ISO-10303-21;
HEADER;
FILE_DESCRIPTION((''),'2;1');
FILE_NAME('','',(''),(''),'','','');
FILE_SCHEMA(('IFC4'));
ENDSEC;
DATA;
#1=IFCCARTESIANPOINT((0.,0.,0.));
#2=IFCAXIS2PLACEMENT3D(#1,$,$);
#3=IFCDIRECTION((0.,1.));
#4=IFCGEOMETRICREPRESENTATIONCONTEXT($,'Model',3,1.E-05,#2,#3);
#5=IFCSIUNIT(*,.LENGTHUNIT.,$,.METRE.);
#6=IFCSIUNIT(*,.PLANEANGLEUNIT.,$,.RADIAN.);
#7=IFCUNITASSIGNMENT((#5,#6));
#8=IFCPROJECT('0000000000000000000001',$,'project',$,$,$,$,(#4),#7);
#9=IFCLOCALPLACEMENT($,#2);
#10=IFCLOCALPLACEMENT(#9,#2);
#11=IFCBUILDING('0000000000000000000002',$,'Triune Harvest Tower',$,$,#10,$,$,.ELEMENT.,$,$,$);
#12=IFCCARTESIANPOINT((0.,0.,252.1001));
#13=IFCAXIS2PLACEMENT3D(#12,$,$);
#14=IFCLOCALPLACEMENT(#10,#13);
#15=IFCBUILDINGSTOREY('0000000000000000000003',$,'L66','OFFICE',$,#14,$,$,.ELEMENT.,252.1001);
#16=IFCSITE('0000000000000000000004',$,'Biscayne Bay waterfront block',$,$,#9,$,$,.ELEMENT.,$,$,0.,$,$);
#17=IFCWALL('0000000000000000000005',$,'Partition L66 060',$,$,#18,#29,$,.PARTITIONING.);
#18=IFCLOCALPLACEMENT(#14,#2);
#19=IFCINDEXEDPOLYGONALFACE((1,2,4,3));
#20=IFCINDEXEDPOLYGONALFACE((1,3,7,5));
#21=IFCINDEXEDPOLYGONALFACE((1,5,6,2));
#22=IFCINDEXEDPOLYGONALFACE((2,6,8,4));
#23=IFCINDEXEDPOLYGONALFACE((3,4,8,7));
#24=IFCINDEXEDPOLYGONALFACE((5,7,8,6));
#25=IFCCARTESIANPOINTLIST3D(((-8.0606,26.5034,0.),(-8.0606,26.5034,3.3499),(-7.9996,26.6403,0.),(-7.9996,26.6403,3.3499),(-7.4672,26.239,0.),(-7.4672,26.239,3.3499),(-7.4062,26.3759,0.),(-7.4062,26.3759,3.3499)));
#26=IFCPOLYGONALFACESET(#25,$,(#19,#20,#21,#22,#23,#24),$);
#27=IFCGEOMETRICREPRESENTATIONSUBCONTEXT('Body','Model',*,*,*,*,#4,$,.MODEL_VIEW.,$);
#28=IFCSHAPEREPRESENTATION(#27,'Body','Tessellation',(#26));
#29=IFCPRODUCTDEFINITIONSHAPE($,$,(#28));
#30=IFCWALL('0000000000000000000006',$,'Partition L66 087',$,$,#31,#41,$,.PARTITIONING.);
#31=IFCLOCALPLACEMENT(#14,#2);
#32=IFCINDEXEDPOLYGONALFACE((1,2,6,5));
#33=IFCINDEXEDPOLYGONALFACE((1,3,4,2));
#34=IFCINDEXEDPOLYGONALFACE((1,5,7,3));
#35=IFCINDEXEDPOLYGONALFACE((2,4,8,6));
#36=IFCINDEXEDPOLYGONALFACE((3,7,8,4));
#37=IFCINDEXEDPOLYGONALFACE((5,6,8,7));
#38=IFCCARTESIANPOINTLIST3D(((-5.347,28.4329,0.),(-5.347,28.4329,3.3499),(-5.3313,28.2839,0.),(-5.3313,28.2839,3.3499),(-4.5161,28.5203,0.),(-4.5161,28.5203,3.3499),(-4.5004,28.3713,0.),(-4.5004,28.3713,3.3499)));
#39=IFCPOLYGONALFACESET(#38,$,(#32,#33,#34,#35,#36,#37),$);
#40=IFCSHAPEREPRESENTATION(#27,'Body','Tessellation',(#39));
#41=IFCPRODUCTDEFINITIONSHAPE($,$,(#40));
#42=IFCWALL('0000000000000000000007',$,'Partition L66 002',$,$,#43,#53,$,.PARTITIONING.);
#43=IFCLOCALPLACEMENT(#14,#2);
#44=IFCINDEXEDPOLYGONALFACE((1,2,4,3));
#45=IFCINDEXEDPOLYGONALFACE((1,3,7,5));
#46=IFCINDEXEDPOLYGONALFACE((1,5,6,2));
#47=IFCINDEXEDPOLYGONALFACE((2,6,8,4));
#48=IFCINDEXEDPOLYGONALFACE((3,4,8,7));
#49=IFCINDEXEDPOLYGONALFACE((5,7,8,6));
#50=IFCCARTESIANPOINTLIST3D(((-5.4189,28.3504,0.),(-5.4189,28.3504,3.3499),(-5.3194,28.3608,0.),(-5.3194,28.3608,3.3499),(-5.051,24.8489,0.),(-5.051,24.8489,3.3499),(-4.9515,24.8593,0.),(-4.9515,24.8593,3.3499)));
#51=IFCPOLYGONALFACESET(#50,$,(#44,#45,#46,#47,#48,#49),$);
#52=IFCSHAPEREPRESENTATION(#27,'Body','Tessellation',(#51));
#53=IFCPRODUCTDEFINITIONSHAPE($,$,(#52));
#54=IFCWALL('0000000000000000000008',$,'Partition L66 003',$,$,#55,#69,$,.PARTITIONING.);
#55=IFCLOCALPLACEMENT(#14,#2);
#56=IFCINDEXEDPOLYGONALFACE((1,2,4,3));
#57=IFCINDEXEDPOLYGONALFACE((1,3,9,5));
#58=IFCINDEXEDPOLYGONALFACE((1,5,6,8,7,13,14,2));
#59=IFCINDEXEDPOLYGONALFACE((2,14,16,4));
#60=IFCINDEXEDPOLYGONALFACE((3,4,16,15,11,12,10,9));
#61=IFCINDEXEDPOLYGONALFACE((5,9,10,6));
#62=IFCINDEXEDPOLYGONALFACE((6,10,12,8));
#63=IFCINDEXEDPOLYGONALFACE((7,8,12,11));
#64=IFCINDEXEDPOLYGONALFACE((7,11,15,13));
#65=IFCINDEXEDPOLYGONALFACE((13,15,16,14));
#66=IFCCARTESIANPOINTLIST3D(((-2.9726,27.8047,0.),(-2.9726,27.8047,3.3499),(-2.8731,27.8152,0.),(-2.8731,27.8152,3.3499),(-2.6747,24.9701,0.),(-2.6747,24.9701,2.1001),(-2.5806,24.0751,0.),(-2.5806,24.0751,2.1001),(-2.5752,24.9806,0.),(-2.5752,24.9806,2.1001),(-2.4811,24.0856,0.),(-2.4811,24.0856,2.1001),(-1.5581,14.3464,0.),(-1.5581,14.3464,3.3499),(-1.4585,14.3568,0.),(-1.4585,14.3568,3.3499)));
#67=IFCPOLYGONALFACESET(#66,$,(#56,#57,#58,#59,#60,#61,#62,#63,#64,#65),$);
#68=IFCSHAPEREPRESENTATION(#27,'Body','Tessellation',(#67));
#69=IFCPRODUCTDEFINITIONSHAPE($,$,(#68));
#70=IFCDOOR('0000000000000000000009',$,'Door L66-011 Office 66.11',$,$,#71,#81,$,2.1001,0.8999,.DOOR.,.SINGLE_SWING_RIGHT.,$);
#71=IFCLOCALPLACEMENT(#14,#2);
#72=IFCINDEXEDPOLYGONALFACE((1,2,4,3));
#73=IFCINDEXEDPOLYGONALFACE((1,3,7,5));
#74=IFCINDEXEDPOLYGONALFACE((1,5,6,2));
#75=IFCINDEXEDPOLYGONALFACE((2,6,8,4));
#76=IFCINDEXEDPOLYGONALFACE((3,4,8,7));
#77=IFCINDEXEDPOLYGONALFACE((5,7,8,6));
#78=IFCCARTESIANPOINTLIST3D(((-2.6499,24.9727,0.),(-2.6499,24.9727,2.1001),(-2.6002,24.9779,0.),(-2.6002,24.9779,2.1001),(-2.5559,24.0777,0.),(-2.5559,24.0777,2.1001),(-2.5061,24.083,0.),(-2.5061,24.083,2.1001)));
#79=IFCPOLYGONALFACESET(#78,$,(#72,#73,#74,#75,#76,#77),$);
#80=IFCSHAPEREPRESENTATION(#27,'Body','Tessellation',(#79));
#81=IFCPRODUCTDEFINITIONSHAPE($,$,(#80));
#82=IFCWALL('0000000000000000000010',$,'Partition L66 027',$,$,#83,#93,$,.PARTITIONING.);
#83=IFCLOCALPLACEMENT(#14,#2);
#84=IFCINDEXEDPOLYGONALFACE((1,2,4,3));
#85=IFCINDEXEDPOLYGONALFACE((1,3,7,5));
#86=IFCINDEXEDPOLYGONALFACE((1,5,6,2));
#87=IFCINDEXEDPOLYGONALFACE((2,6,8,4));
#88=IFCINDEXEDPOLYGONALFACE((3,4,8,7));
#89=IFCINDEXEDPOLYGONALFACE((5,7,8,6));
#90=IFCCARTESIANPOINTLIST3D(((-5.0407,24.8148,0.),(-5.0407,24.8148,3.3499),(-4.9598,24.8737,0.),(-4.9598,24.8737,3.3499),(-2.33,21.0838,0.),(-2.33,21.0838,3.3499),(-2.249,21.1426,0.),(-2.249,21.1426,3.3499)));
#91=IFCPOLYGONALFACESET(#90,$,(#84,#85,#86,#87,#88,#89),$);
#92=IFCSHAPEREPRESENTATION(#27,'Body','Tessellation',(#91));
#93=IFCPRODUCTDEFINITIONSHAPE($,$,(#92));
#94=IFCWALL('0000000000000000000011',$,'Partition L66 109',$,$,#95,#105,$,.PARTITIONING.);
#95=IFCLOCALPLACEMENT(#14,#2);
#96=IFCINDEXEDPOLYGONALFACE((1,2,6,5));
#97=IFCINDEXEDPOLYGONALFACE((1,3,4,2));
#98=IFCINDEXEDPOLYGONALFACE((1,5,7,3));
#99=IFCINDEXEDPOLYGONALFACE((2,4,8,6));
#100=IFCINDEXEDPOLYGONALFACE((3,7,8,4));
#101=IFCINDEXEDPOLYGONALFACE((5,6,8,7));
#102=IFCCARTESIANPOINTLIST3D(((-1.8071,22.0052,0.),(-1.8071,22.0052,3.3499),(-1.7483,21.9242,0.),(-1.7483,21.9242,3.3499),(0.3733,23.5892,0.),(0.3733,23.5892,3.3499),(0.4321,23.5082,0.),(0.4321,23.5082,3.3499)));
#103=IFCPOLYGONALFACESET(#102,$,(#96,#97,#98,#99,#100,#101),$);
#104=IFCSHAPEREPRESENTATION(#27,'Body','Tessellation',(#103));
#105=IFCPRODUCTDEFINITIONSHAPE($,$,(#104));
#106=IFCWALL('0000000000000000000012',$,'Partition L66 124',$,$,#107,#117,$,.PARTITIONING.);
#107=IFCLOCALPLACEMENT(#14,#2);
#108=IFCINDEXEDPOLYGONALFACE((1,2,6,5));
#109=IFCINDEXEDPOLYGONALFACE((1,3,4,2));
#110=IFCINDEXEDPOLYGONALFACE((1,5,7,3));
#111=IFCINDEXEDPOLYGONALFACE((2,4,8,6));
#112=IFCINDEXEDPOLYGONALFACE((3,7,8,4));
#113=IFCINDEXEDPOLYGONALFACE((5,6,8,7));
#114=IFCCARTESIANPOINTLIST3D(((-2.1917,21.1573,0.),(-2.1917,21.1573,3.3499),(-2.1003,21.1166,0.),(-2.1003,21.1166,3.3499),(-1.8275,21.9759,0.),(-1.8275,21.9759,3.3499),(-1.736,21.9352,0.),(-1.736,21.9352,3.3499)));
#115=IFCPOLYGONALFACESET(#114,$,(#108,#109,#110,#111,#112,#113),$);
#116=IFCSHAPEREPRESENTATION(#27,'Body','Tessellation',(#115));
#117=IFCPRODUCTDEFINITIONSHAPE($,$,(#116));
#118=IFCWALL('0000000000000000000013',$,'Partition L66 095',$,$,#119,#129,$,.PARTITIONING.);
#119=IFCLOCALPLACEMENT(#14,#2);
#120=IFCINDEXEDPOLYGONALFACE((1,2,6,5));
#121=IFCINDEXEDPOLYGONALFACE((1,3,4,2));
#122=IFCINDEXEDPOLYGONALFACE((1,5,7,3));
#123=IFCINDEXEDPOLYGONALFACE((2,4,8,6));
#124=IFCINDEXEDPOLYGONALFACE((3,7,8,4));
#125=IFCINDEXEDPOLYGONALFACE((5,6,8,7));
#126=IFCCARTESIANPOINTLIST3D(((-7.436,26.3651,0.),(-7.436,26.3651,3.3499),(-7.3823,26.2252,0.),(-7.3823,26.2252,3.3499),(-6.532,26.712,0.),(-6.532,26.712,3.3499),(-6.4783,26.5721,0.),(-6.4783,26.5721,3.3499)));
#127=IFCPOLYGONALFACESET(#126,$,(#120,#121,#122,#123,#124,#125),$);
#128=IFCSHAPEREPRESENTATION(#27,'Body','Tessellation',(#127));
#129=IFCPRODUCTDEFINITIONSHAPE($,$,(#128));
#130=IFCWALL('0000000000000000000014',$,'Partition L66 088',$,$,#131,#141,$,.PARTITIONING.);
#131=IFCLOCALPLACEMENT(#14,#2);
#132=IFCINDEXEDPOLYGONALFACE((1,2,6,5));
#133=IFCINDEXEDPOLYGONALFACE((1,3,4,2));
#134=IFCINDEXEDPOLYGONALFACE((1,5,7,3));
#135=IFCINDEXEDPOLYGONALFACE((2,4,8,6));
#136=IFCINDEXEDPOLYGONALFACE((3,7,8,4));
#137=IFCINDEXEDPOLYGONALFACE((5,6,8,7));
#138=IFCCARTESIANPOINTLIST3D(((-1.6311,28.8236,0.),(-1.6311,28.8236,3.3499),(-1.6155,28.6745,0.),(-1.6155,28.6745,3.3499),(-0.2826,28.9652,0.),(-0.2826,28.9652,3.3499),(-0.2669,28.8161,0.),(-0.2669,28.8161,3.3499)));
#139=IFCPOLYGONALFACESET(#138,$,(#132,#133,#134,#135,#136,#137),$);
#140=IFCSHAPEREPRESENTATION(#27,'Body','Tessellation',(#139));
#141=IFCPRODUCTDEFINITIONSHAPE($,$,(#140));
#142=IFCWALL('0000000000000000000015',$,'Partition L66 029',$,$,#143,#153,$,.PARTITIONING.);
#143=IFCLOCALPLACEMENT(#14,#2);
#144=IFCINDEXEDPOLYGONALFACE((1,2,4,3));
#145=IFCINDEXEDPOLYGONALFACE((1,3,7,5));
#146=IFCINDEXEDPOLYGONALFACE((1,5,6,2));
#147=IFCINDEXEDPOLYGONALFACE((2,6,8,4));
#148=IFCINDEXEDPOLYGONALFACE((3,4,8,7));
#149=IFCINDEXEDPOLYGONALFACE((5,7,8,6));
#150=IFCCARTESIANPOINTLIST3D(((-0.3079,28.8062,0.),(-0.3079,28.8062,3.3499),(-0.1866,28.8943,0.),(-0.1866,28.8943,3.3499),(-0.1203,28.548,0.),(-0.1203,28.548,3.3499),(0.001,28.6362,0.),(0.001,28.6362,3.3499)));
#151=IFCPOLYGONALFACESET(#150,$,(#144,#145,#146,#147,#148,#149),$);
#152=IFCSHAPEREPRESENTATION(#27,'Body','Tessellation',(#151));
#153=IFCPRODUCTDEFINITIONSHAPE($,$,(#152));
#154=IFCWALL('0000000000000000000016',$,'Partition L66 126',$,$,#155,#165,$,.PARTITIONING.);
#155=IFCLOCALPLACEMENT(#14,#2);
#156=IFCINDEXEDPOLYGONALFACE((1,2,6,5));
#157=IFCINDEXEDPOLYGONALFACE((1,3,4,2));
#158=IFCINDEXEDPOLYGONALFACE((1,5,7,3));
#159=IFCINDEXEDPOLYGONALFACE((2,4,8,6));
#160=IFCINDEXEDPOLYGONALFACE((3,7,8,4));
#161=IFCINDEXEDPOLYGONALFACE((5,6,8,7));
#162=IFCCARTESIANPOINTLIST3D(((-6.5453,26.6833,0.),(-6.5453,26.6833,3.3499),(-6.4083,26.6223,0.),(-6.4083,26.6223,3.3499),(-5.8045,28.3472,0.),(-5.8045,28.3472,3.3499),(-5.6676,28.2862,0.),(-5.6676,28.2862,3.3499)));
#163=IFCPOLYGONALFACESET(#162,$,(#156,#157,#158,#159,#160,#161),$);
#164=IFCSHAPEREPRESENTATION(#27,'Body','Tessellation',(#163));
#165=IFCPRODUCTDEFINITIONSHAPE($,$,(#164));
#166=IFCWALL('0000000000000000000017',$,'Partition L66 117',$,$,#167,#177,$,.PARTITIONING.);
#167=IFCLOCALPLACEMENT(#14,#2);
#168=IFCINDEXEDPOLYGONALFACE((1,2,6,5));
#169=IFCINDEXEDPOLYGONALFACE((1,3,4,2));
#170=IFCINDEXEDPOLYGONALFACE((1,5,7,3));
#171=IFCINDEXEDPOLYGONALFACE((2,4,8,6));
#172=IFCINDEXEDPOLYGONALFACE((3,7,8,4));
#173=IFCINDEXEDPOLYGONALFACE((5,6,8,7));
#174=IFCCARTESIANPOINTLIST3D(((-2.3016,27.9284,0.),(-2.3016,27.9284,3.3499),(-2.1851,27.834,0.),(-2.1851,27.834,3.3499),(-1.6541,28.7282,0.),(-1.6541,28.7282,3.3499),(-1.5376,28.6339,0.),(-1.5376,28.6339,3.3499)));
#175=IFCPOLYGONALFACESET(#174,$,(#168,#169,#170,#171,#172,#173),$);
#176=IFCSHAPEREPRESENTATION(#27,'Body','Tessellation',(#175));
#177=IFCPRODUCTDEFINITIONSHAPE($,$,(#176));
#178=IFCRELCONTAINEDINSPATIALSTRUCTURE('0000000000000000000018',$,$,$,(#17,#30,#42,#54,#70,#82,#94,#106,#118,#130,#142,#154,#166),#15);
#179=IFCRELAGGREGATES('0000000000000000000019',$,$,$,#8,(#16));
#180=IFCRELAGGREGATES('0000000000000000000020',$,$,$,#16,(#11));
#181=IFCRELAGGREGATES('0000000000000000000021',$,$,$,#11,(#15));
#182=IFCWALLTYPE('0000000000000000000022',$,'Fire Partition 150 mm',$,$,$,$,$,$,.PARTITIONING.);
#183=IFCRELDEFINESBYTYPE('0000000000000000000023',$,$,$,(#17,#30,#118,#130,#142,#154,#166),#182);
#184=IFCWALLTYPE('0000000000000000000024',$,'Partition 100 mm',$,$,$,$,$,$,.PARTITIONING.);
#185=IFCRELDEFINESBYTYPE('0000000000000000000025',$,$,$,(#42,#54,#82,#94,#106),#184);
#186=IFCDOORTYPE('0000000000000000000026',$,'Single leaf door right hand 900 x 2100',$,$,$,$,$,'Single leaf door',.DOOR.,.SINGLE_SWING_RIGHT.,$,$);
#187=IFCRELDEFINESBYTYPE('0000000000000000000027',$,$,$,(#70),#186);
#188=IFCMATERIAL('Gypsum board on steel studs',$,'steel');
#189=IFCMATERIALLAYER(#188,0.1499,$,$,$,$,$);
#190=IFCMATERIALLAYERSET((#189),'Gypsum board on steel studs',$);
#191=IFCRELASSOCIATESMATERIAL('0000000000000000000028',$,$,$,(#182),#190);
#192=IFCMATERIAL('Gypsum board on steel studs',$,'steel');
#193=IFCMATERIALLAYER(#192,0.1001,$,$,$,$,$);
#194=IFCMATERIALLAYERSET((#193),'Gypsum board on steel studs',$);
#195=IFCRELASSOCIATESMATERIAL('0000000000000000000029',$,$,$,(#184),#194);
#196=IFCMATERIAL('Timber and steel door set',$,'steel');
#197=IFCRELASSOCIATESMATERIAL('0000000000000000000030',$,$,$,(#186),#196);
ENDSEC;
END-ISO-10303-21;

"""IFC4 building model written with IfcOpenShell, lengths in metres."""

from ifc_helpers import new_model, si_unit, direction, frame, frame_2d, origin, place, context, subcontext, project, spatial, rectangle, extrude, source, transform, mapped, material, layer, layer_set, type_object, element, fill, save


model = new_model("IFC4")

# Units and contexts
model_context = context("Model", 3, precision=1e-05, world=origin(), true_north=direction((0.0, 1.0)))
body_context = subcontext(model_context, "Body", "Model", "MODEL_VIEW")
ifc_project = project(units=[si_unit("LENGTHUNIT", "METRE"), si_unit("PLANEANGLEUNIT", "RADIAN")], contexts=[model_context])

# Site, building, storey
site_placement = place(None, origin())
site = spatial("IfcSite", under=ifc_project, at=site_placement, Name="Biscayne Bay waterfront block", CompositionType="ELEMENT", RefElevation=0.0)
building_placement = place(site_placement, origin())
building = spatial("IfcBuilding", under=site, at=building_placement, Name="Triune Harvest Tower", CompositionType="ELEMENT")
storey_placement = place(building_placement, frame((0.0, 0.0, 252.1001)))
storey = spatial("IfcBuildingStorey", under=building, at=storey_placement, Name="L66", Description="OFFICE", CompositionType="ELEMENT", Elevation=252.1001)

# Shared definitions
ifc_material_1 = material(Name="Gypsum board on steel studs", Category="steel")
ifc_layer_1 = layer(ifc_material_1, 0.1499)
ifc_layer_set_1 = layer_set([ifc_layer_1], Name="Gypsum board on steel studs")
wall_type_1 = type_object("IfcWallType", Name="Fire Partition 150 mm", PredefinedType="PARTITIONING", material=ifc_layer_set_1)

# Walls
wall_1_placement = place(storey_placement, frame((-8.03, 26.5718, 0.0), z_axis=(0.0, 0.0, 1.0), x_axis=(0.913455, -0.40694, 0.0)))
element("IfcWall", 1, at=wall_1_placement, inside=storey, type_object=wall_type_1, Name="Partition L66 060", PredefinedType="PARTITIONING", context=body_context, shape_type="SweptSolid", body=[
    extrude(rectangle(XDim=0.6497, YDim=0.1499, at=frame_2d((0.3247, 0.0))), origin(), (0.0, 0.0, 1.0), 3.3499),
])
wall_2_placement = place(storey_placement, frame((-5.3391, 28.3584, 0.0), z_axis=(0.0, 0.0, 1.0), x_axis=(0.994512, 0.104624, 0.0)))
element("IfcWall", 2, at=wall_2_placement, inside=storey, type_object=wall_type_1, Name="Partition L66 087", PredefinedType="PARTITIONING", context=body_context, shape_type="SweptSolid", body=[
    extrude(rectangle(XDim=0.8354, YDim=0.1499, at=frame_2d((0.4177, 0.0))), origin(), (0.0, 0.0, 1.0), 3.3499),
])
ifc_material_2 = material(Name="Gypsum board on steel studs", Category="steel")
ifc_layer_2 = layer(ifc_material_2, 0.1001)
ifc_layer_set_2 = layer_set([ifc_layer_2], Name="Gypsum board on steel studs")
wall_type_2 = type_object("IfcWallType", Name="Partition 100 mm", PredefinedType="PARTITIONING", material=ifc_layer_set_2)
wall_3_placement = place(storey_placement, frame((-5.3691, 28.3555, 0.0), z_axis=(0.0, 0.0, 1.0), x_axis=(0.104501, -0.994525, 0.0)))
element("IfcWall", 3, at=wall_3_placement, inside=storey, type_object=wall_type_2, Name="Partition L66 002", PredefinedType="PARTITIONING", context=body_context, shape_type="SweptSolid", body=[
    extrude(rectangle(XDim=3.5208, YDim=0.1001, at=frame_2d((1.7603, 0.0))), origin(), (0.0, 0.0, 1.0), 3.3499),
])

# Wall, opening, door
wall_4_placement = place(storey_placement, frame((-2.9229, 27.8098, 0.0), z_axis=(0.0, 0.0, 1.0), x_axis=(0.104531, -0.994522, 0.0)))
wall_4 = element("IfcWall", 4, at=wall_4_placement, inside=storey, type_object=wall_type_2, Name="Partition L66 003", PredefinedType="PARTITIONING", context=body_context, shape_type="SweptSolid", body=[
    extrude(rectangle(XDim=13.5325, YDim=0.1001, at=frame_2d((6.7661, 0.0))), origin(), (0.0, 0.0, 1.0), 3.3499),
])
opening_1_placement = place(wall_4_placement, frame((2.8501, 0.0, 0.0)))
opening_1 = element("IfcOpeningElement", 5, at=opening_1_placement, cuts=wall_4, PredefinedType="OPENING", context=body_context, shape_type="SweptSolid", body=[
    extrude(rectangle(XDim=0.8999, YDim=2.1001, at=frame_2d((0.45, 1.05))), frame((0.0, 0.0601, 0.0), z_axis=(0.0, -1.0, 0.0), x_axis=(1.0, 0.0, 0.0)), (0.0, 0.0, 1.0), 0.1201),
])
ifc_material_3 = material(Name="Timber and steel door set", Category="steel")
door_type_1 = type_object("IfcDoorType", Name="Single leaf door right hand 900 x 2100", ElementType="Single leaf door", OperationType="SINGLE_SWING_RIGHT", PredefinedType="DOOR", material=ifc_material_3)
door_1_placement = place(opening_1_placement, origin())
door_1 = element("IfcDoor", 6, at=door_1_placement, inside=storey, type_object=door_type_1, Name="Door L66-011 Office 66.11", OperationType="SINGLE_SWING_RIGHT", OverallHeight=2.1001, OverallWidth=0.8999, PredefinedType="DOOR", context=body_context, shape_type="SweptSolid", body=[
    extrude(rectangle(XDim=0.8999, YDim=2.1001, at=frame_2d((0.45, 1.05))), frame((0.0, 0.0249, 0.0), z_axis=(0.0, -1.0, 0.0), x_axis=(1.0, 0.0, 0.0)), (0.0, 0.0, 1.0), 0.05),
])
fill(opening_1, door_1)

# Walls
wall_5_placement = place(storey_placement, frame((-5.0002, 24.8442, 0.0), z_axis=(0.0, 0.0, 1.0), x_axis=(0.587784, -0.809018, 0.0)))
element("IfcWall", 7, at=wall_5_placement, inside=storey, type_object=wall_type_2, Name="Partition L66 027", PredefinedType="PARTITIONING", context=body_context, shape_type="SweptSolid", body=[
    extrude(rectangle(XDim=4.6118, YDim=0.1001, at=frame_2d((2.3059, 0.0))), origin(), (0.0, 0.0, 1.0), 3.3499),
])
wall_6_placement = place(storey_placement, frame((-1.7778, 21.9646, 0.0), z_axis=(0.0, 0.0, 1.0), x_axis=(0.809049, 0.587741, 0.0)))
element("IfcWall", 8, at=wall_6_placement, inside=storey, type_object=wall_type_2, Name="Partition L66 109", PredefinedType="PARTITIONING", context=body_context, shape_type="SweptSolid", body=[
    extrude(rectangle(XDim=2.6951, YDim=0.1001, at=frame_2d((1.3477, 0.0))), origin(), (0.0, 0.0, 1.0), 3.3499),
])
wall_7_placement = place(storey_placement, frame((-2.146, 21.137, 0.0), z_axis=(0.0, 0.0, 1.0), x_axis=(0.406543, 0.913632, 0.0)))
element("IfcWall", 9, at=wall_7_placement, inside=storey, type_object=wall_type_2, Name="Partition L66 124", PredefinedType="PARTITIONING", context=body_context, shape_type="SweptSolid", body=[
    extrude(rectangle(XDim=0.896, YDim=0.1001, at=frame_2d((0.448, 0.0))), origin(), (0.0, 0.0, 1.0), 3.3499),
])
shared_shape_1 = source(origin(), body_context, "Body", "SweptSolid", [
    extrude(rectangle(XDim=0.9683, YDim=0.1499, at=frame_2d((0.4841, 0.0))), origin(), (0.0, 0.0, 1.0), 3.3499),
])
wall_8_placement = place(storey_placement, frame((-7.4092, 26.2952, 0.0), z_axis=(0.0, 0.0, 1.0), x_axis=(0.933618, 0.358269, 0.0)))
element("IfcWall", 10, at=wall_8_placement, inside=storey, type_object=wall_type_1, Name="Partition L66 095", PredefinedType="PARTITIONING", context=body_context, shape_type="MappedRepresentation", body=[
    mapped(shared_shape_1, transform((0.0, 0.0, 0.0), scale=1.0)),
])
shared_shape_2 = source(origin(), body_context, "Body", "SweptSolid", [
    extrude(rectangle(XDim=1.356, YDim=0.1499, at=frame_2d((0.678, 0.0))), origin(), (0.0, 0.0, 1.0), 3.3499),
])
wall_9_placement = place(storey_placement, frame((-1.6233, 28.749, 0.0), z_axis=(0.0, 0.0, 1.0), x_axis=(0.994533, 0.104422, 0.0)))
element("IfcWall", 11, at=wall_9_placement, inside=storey, type_object=wall_type_1, Name="Partition L66 088", PredefinedType="PARTITIONING", context=body_context, shape_type="MappedRepresentation", body=[
    mapped(shared_shape_2, transform((0.0, 0.0, 0.0), scale=1.0)),
])
shared_shape_3 = source(origin(), body_context, "Body", "SweptSolid", [
    extrude(rectangle(XDim=0.3191, YDim=0.1499, at=frame_2d((0.1597, 0.0))), origin(), (0.0, 0.0, 1.0), 3.3499),
])
wall_10_placement = place(storey_placement, frame((-0.2473, 28.8503, 0.0), z_axis=(0.0, 0.0, 1.0), x_axis=(0.587808, -0.809001, 0.0)))
element("IfcWall", 12, at=wall_10_placement, inside=storey, type_object=wall_type_1, Name="Partition L66 029", PredefinedType="PARTITIONING", context=body_context, shape_type="MappedRepresentation", body=[
    mapped(shared_shape_3, transform((0.0, 0.0, 0.0), scale=1.0)),
])
shared_shape_4 = source(origin(), body_context, "Body", "SweptSolid", [
    extrude(rectangle(XDim=1.8213, YDim=0.1499, at=frame_2d((0.9106, 0.0))), origin(), (0.0, 0.0, 1.0), 3.3499),
])
wall_11_placement = place(storey_placement, frame((-6.4768, 26.6528, 0.0), z_axis=(0.0, 0.0, 1.0), x_axis=(0.406711, 0.913557, 0.0)))
element("IfcWall", 13, at=wall_11_placement, inside=storey, type_object=wall_type_1, Name="Partition L66 126", PredefinedType="PARTITIONING", context=body_context, shape_type="MappedRepresentation", body=[
    mapped(shared_shape_4, transform((0.0, 0.0, 0.0), scale=1.0)),
])
shared_shape_5 = source(origin(), body_context, "Body", "SweptSolid", [
    extrude(rectangle(XDim=1.0291, YDim=0.1499, at=frame_2d((0.5146, 0.0))), origin(), (0.0, 0.0, 1.0), 3.3499),
])
wall_12_placement = place(storey_placement, frame((-2.2434, 27.8811, 0.0), z_axis=(0.0, 0.0, 1.0), x_axis=(0.629198, 0.777245, 0.0)))
element("IfcWall", 14, at=wall_12_placement, inside=storey, type_object=wall_type_1, Name="Partition L66 117", PredefinedType="PARTITIONING", context=body_context, shape_type="MappedRepresentation", body=[
    mapped(shared_shape_5, transform((0.0, 0.0, 0.0), scale=1.0)),
])

save(model, "model.ifc")
